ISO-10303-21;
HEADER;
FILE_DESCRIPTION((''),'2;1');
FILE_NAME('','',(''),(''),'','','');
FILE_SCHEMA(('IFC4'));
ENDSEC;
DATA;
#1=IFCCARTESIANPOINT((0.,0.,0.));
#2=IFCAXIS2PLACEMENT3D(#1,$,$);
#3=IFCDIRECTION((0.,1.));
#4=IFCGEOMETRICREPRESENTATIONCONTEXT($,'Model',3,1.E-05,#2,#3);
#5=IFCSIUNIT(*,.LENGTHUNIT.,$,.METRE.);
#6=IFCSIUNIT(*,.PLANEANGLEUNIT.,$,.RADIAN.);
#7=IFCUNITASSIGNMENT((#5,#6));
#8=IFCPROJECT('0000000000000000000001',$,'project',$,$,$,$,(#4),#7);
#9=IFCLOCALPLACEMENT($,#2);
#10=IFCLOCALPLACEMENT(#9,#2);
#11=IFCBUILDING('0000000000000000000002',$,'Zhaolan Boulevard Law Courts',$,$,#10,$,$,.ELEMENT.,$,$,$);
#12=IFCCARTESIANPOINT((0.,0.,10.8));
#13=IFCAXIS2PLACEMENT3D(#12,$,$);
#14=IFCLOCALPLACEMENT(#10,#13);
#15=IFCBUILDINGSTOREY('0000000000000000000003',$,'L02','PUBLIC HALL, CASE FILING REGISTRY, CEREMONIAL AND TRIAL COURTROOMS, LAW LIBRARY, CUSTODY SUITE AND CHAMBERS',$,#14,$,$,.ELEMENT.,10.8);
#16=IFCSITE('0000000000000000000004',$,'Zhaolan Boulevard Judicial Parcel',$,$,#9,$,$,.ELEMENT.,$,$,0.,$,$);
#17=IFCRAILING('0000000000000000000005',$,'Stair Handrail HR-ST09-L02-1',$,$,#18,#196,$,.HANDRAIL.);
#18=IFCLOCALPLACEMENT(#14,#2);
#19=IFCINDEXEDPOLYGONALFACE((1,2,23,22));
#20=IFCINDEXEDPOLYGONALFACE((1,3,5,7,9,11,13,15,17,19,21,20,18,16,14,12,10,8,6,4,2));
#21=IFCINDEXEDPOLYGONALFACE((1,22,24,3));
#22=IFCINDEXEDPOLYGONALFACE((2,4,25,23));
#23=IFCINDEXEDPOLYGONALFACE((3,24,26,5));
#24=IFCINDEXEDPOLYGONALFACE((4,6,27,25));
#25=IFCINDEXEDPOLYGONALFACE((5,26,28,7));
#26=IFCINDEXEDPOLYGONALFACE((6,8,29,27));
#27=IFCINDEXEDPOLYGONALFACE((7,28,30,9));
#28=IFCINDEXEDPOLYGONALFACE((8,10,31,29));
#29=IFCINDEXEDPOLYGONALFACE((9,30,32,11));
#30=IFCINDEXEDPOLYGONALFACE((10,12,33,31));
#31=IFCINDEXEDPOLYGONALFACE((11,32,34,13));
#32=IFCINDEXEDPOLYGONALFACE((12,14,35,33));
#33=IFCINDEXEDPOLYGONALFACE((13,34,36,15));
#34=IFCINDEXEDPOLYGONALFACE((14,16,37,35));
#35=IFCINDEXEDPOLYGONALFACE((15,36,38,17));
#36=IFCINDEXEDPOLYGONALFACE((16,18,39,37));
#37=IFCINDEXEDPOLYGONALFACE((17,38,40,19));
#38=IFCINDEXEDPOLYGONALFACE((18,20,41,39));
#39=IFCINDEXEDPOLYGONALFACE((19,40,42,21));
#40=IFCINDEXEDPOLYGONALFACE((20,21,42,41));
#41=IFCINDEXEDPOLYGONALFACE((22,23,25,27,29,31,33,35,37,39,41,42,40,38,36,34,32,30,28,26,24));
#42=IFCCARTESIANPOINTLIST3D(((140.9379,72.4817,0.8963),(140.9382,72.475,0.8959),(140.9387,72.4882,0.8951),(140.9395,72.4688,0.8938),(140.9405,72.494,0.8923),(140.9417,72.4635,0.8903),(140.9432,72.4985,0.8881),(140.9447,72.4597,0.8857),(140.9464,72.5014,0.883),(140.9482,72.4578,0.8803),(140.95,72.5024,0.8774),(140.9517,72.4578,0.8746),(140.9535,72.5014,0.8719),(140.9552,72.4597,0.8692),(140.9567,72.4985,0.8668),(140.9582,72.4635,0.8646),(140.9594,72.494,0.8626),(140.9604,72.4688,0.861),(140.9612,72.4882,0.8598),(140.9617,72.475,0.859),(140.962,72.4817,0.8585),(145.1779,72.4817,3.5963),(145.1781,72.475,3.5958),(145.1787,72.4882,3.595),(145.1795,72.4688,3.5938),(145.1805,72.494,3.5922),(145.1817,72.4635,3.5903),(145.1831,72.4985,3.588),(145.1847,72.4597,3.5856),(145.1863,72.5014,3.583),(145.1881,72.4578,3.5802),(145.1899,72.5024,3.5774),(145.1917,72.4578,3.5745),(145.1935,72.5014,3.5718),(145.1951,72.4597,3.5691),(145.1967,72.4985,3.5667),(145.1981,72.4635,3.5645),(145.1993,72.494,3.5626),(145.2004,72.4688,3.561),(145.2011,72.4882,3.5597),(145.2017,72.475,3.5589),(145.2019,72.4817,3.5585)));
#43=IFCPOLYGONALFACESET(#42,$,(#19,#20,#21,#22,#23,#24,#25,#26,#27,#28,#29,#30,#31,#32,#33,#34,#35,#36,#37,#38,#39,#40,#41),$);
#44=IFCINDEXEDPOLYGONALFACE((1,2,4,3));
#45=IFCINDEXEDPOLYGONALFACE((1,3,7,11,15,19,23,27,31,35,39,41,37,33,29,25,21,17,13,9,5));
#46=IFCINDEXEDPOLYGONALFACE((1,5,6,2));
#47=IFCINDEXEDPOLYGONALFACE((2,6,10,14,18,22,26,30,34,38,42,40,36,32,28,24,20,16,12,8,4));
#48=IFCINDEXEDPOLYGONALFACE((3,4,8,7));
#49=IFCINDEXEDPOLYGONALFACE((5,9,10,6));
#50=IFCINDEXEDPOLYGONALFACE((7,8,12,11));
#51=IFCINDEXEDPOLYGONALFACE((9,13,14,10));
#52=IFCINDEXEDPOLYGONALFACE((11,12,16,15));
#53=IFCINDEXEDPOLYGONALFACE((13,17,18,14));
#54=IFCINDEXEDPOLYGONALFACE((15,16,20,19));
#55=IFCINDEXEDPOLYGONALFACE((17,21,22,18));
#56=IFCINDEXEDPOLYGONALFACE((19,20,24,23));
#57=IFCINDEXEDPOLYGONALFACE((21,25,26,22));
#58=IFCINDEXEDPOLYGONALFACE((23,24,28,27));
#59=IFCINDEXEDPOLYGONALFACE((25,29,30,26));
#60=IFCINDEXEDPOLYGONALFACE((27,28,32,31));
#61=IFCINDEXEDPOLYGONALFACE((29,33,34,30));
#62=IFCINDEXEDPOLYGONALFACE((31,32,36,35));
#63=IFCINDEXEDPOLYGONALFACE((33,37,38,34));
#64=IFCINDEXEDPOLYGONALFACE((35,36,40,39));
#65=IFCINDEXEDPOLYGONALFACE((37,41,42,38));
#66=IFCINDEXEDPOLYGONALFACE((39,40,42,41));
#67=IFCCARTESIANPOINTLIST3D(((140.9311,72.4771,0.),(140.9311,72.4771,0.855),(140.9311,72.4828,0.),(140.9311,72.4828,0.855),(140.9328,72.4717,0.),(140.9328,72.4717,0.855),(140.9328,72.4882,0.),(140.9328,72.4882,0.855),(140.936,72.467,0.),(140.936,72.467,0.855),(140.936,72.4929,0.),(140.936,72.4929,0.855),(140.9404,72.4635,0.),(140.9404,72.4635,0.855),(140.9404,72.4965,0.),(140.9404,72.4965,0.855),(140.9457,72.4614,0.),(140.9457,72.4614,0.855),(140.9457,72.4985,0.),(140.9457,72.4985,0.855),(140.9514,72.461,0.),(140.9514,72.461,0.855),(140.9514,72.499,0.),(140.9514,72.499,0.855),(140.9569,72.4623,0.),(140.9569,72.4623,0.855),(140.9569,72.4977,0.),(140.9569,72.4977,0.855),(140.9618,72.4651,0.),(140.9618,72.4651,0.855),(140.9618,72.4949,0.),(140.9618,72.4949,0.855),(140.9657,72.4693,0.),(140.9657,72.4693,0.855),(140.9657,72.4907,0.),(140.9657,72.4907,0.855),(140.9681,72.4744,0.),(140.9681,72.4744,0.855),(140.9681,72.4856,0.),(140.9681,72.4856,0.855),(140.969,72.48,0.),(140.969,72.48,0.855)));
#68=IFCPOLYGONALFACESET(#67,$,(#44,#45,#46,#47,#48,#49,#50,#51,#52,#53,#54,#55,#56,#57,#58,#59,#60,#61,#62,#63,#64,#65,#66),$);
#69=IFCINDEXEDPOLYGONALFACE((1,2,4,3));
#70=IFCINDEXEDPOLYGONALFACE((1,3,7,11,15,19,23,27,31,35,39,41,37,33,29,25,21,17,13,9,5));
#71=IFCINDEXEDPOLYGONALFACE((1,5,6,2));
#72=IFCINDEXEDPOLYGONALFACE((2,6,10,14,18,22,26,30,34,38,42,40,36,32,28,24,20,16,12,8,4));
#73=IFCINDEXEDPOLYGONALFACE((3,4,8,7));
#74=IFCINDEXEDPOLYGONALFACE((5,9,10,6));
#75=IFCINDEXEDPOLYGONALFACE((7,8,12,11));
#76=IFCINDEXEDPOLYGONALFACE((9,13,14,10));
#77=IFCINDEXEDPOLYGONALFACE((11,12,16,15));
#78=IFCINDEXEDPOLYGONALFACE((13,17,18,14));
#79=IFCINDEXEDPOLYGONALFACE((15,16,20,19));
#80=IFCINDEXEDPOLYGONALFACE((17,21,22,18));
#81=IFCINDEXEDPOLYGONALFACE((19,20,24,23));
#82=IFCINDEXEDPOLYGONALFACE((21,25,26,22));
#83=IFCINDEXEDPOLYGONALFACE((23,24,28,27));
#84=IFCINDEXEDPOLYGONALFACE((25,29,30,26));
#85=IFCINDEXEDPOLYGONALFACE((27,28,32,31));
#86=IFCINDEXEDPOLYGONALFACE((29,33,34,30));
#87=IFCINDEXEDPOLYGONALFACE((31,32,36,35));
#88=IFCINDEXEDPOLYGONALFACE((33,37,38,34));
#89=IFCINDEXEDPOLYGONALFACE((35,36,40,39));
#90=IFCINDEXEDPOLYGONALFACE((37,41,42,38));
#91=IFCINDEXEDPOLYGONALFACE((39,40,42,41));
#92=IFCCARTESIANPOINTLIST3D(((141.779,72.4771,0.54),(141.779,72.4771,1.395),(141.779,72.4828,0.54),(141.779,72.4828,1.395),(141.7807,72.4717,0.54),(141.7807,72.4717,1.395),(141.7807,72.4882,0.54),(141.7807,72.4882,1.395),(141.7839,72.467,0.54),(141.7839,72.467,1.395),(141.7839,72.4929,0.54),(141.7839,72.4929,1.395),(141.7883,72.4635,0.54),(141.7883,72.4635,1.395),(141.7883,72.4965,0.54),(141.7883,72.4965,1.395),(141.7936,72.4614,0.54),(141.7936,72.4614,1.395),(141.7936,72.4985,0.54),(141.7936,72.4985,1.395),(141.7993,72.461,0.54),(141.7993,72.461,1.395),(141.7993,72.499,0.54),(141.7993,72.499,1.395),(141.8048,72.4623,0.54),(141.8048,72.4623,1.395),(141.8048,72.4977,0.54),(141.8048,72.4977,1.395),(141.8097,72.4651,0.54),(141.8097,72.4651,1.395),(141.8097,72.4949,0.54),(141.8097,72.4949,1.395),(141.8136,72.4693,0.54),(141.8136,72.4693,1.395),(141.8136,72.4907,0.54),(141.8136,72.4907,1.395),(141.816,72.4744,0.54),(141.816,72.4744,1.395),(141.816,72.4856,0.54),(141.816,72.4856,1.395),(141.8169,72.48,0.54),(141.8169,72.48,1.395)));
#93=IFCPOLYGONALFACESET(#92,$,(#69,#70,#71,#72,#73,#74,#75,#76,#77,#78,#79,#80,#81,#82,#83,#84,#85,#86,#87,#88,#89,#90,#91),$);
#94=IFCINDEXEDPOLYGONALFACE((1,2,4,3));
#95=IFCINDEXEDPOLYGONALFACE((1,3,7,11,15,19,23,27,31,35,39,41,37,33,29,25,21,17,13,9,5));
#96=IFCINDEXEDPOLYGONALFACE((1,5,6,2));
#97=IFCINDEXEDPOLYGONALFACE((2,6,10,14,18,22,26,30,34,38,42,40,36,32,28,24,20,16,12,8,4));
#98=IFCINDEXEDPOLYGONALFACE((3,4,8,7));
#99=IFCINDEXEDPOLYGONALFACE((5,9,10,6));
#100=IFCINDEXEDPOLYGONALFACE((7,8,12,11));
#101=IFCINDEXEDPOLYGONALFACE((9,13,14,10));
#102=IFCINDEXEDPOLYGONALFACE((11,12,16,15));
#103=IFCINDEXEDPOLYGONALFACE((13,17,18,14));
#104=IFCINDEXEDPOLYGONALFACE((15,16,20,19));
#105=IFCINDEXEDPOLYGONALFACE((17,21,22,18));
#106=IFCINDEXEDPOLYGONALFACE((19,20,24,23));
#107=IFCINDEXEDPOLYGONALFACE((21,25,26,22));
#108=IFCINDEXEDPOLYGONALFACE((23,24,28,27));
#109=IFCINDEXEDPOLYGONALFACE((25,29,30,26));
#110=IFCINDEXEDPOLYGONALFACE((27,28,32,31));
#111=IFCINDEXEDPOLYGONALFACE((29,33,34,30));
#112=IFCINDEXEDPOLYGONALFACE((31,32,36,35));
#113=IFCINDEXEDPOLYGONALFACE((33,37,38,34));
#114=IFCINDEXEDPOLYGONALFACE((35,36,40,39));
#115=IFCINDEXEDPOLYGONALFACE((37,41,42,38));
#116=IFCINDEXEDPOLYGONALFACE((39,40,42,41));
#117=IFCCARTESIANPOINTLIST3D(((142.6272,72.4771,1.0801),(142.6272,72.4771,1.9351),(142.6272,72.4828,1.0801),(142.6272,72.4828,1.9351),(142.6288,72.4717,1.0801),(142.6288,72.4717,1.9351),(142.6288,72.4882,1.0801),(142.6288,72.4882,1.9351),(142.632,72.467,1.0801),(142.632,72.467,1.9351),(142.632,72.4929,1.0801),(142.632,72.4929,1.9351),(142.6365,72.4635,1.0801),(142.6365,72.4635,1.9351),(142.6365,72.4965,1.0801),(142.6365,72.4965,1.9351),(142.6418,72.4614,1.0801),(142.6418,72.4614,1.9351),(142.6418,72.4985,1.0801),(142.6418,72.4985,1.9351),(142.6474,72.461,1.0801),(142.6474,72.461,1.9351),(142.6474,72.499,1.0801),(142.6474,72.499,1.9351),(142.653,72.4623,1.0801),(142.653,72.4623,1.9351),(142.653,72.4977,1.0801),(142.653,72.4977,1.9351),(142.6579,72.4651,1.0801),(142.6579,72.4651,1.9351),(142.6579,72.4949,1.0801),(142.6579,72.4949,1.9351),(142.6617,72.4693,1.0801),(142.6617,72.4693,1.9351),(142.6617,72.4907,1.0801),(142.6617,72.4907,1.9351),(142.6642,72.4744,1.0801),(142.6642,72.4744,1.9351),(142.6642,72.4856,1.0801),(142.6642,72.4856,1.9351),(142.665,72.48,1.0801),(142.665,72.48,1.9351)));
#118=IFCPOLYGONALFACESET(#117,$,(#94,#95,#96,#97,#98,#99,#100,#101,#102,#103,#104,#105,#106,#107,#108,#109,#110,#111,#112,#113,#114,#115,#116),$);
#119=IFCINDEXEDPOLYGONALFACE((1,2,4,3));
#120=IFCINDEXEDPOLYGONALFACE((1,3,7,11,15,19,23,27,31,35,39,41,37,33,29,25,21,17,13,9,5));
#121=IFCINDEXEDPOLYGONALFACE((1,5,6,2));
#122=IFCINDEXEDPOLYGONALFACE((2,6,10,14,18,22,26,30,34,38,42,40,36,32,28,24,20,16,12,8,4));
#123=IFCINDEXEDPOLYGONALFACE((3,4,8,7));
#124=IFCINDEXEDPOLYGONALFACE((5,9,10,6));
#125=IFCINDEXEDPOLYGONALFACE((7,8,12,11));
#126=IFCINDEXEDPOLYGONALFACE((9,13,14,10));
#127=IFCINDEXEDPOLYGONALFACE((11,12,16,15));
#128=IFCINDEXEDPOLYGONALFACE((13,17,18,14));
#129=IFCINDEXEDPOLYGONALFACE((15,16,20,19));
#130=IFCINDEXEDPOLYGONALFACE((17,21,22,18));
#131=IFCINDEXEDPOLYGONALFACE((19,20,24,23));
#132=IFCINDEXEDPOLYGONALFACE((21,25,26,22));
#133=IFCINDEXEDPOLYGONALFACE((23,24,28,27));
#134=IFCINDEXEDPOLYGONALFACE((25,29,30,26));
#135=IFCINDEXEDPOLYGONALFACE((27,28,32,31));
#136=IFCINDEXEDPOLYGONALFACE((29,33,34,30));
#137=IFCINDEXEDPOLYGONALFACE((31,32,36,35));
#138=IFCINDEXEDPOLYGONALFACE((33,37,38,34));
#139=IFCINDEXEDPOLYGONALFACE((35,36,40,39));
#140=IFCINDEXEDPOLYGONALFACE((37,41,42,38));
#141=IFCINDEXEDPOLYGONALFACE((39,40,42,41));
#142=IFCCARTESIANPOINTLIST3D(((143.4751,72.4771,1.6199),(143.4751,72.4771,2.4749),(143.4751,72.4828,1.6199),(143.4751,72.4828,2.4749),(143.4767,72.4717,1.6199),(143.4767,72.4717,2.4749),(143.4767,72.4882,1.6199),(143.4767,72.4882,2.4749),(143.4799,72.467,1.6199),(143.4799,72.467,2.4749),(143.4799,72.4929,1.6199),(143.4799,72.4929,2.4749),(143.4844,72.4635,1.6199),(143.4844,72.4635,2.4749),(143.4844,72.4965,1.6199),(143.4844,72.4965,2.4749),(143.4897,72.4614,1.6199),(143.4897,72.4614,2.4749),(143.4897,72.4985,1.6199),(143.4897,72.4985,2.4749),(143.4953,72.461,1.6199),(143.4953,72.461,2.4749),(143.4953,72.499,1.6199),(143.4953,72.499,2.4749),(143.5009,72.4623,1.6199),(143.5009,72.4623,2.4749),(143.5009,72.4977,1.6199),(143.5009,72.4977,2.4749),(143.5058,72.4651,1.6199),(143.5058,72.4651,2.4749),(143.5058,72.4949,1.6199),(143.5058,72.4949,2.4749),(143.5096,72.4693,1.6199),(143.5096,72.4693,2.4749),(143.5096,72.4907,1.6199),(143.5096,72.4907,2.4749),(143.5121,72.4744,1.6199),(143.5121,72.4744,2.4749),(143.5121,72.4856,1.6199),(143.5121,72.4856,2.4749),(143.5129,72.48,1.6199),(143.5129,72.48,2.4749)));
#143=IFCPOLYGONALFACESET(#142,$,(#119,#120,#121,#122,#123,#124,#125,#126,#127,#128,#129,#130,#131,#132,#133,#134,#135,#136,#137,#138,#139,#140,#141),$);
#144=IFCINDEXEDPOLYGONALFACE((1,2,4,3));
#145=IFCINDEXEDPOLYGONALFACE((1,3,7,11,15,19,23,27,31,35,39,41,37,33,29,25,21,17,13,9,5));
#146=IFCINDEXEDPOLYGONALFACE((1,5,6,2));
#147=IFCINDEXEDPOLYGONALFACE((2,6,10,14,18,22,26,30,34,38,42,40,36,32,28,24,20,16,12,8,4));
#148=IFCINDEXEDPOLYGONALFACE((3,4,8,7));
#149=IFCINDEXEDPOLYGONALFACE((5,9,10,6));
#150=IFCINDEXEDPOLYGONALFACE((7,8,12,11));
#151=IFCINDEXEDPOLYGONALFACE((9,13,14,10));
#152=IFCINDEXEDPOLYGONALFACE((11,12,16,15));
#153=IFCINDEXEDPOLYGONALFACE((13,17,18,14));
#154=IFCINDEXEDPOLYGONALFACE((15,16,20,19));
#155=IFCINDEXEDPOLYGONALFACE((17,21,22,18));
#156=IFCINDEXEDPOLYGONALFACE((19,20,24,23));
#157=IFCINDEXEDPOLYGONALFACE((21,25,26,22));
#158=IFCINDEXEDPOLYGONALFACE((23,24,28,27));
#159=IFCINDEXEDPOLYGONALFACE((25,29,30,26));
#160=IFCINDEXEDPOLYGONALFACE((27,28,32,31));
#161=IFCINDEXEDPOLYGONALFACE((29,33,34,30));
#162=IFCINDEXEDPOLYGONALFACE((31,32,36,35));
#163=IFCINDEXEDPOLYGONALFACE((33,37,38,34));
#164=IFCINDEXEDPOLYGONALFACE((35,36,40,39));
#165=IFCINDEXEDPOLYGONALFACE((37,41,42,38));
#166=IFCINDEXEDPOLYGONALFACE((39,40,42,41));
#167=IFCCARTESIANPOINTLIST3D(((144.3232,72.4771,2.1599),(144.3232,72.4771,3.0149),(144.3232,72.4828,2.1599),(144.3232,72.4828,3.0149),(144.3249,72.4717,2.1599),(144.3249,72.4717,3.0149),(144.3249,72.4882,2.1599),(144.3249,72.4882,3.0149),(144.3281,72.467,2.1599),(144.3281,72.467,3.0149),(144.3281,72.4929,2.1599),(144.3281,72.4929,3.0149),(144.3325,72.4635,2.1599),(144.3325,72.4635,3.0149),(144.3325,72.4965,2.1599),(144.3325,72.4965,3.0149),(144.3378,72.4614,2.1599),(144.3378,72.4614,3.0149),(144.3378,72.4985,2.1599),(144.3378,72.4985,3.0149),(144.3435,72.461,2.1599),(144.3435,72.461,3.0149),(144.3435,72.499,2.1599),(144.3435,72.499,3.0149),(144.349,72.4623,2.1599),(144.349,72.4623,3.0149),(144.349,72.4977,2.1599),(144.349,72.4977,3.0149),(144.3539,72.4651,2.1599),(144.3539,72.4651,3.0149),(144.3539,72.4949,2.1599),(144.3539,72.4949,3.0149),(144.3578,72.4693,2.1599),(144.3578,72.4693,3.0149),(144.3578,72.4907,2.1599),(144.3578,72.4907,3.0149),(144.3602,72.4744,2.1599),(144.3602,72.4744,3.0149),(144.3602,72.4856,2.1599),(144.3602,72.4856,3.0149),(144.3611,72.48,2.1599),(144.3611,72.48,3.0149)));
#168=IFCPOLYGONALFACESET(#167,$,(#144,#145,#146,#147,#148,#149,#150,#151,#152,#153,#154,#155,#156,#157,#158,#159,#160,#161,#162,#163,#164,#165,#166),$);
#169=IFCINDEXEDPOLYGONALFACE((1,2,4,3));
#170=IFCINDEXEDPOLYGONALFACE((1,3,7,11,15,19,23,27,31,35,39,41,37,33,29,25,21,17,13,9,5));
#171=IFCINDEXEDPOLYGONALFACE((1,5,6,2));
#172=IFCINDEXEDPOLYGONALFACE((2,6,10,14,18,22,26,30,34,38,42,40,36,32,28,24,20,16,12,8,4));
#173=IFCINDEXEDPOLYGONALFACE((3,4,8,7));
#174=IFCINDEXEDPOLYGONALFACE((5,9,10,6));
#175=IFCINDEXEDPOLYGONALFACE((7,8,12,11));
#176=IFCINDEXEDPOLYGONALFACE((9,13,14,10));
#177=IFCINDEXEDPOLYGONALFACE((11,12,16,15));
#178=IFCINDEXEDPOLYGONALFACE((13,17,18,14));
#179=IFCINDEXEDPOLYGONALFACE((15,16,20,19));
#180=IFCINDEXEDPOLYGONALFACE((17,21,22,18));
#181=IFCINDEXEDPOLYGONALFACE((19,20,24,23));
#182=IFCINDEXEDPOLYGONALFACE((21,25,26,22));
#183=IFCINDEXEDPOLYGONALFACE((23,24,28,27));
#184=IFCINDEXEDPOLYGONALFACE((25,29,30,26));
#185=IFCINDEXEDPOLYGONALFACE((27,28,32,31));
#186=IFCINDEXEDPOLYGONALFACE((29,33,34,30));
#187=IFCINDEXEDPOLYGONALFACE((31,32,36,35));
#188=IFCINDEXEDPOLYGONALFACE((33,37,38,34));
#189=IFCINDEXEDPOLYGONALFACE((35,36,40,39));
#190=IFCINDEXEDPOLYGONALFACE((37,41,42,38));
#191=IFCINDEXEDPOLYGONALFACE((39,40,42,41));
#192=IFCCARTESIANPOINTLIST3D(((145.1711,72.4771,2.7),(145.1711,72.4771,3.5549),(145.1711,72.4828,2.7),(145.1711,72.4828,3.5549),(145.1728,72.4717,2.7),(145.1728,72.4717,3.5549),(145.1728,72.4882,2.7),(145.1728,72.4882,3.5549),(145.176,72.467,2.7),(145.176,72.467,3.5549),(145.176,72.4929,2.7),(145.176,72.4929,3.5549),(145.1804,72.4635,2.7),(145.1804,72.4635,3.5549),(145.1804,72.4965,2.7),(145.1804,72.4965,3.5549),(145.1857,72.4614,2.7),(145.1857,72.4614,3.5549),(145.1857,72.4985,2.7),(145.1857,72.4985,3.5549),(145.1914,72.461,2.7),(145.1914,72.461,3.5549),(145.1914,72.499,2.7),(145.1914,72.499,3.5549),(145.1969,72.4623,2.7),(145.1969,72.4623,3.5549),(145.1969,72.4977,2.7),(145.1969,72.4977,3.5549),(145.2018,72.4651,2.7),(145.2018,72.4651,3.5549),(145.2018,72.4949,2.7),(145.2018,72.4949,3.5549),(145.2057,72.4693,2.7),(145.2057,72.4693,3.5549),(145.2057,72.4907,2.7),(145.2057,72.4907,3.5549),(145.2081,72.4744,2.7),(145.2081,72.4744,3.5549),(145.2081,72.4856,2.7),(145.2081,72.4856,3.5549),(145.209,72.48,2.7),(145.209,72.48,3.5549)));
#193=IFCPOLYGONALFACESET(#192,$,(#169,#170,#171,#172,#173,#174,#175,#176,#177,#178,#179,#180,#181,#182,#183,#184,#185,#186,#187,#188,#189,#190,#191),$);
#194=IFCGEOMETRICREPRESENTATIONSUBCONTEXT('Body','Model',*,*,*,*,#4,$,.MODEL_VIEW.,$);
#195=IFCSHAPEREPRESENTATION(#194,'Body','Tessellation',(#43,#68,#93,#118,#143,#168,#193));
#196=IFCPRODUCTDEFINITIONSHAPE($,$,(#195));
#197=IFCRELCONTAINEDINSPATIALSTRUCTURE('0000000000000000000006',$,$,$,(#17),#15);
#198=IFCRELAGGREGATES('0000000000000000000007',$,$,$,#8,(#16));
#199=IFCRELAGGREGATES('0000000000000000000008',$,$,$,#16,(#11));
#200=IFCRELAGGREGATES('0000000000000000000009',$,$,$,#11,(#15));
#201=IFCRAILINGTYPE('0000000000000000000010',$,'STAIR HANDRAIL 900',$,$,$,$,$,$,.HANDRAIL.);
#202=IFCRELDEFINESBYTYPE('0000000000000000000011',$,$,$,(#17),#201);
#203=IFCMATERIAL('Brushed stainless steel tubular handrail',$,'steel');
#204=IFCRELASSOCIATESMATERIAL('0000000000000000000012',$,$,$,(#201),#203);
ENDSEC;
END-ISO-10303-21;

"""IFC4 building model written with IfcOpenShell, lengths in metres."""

from ifc_helpers import new_model, si_unit, direction, frame, origin, origin_2d, place, context, subcontext, project, spatial, circle, extrude, material, type_object, element, save


model = new_model("IFC4")

# Units and contexts
model_context = context("Model", 3, precision=1e-05, world=origin(), true_north=direction((0.0, 1.0)))
body_context = subcontext(model_context, "Body", "Model", "MODEL_VIEW")
ifc_project = project(units=[si_unit("LENGTHUNIT", "METRE"), si_unit("PLANEANGLEUNIT", "RADIAN")], contexts=[model_context])

# Site, building, storey
site_placement = place(None, origin())
site = spatial("IfcSite", under=ifc_project, at=site_placement, Name="Zhaolan Boulevard Judicial Parcel", CompositionType="ELEMENT", RefElevation=0.0)
building_placement = place(site_placement, origin())
building = spatial("IfcBuilding", under=site, at=building_placement, Name="Zhaolan Boulevard Law Courts", CompositionType="ELEMENT")
storey_placement = place(building_placement, frame((0.0, 0.0, 10.8)))
storey = spatial("IfcBuildingStorey", under=building, at=storey_placement, Name="L02", Description="PUBLIC HALL, CASE FILING REGISTRY, CEREMONIAL AND TRIAL COURTROOMS, LAW LIBRARY, CUSTODY SUITE AND CHAMBERS", CompositionType="ELEMENT", Elevation=10.8)

# Railing
ifc_material_1 = material(Name="Brushed stainless steel tubular handrail", Category="steel")
railing_type_1 = type_object("IfcRailingType", Name="STAIR HANDRAIL 900", PredefinedType="HANDRAIL", material=ifc_material_1)
railing_1_placement = place(storey_placement, frame((140.95, 72.48, 0.0)))
element("IfcRailing", 1, at=railing_1_placement, inside=storey, type_object=railing_type_1, Name="Stair Handrail HR-ST09-L02-1", PredefinedType="HANDRAIL", context=body_context, shape_type="SweptSolid", body=[
    extrude(circle(Radius=0.0225, at=origin_2d()), frame((0.0, 0.0, 0.8774), z_axis=(0.843501, 0.0, 0.537127), x_axis=(0.0, 1.0, 0.0)), (0.0, 0.0, 1.0), 5.0266),
    extrude(circle(Radius=0.019, at=origin_2d()), origin(), (0.0, 0.0, 1.0), 0.855),
    extrude(circle(Radius=0.019, at=origin_2d()), frame((0.8479, 0.0, 0.54)), (0.0, 0.0, 1.0), 0.855),
    extrude(circle(Radius=0.019, at=origin_2d()), frame((1.696, 0.0, 1.0801)), (0.0, 0.0, 1.0), 0.855),
    extrude(circle(Radius=0.019, at=origin_2d()), frame((2.5439, 0.0, 1.6199)), (0.0, 0.0, 1.0), 0.855),
    extrude(circle(Radius=0.019, at=origin_2d()), frame((3.3921, 0.0, 2.1599)), (0.0, 0.0, 1.0), 0.855),
    extrude(circle(Radius=0.019, at=origin_2d()), frame((4.24, 0.0, 2.7)), (0.0, 0.0, 1.0), 0.855),
])

save(model, "model.ifc")
